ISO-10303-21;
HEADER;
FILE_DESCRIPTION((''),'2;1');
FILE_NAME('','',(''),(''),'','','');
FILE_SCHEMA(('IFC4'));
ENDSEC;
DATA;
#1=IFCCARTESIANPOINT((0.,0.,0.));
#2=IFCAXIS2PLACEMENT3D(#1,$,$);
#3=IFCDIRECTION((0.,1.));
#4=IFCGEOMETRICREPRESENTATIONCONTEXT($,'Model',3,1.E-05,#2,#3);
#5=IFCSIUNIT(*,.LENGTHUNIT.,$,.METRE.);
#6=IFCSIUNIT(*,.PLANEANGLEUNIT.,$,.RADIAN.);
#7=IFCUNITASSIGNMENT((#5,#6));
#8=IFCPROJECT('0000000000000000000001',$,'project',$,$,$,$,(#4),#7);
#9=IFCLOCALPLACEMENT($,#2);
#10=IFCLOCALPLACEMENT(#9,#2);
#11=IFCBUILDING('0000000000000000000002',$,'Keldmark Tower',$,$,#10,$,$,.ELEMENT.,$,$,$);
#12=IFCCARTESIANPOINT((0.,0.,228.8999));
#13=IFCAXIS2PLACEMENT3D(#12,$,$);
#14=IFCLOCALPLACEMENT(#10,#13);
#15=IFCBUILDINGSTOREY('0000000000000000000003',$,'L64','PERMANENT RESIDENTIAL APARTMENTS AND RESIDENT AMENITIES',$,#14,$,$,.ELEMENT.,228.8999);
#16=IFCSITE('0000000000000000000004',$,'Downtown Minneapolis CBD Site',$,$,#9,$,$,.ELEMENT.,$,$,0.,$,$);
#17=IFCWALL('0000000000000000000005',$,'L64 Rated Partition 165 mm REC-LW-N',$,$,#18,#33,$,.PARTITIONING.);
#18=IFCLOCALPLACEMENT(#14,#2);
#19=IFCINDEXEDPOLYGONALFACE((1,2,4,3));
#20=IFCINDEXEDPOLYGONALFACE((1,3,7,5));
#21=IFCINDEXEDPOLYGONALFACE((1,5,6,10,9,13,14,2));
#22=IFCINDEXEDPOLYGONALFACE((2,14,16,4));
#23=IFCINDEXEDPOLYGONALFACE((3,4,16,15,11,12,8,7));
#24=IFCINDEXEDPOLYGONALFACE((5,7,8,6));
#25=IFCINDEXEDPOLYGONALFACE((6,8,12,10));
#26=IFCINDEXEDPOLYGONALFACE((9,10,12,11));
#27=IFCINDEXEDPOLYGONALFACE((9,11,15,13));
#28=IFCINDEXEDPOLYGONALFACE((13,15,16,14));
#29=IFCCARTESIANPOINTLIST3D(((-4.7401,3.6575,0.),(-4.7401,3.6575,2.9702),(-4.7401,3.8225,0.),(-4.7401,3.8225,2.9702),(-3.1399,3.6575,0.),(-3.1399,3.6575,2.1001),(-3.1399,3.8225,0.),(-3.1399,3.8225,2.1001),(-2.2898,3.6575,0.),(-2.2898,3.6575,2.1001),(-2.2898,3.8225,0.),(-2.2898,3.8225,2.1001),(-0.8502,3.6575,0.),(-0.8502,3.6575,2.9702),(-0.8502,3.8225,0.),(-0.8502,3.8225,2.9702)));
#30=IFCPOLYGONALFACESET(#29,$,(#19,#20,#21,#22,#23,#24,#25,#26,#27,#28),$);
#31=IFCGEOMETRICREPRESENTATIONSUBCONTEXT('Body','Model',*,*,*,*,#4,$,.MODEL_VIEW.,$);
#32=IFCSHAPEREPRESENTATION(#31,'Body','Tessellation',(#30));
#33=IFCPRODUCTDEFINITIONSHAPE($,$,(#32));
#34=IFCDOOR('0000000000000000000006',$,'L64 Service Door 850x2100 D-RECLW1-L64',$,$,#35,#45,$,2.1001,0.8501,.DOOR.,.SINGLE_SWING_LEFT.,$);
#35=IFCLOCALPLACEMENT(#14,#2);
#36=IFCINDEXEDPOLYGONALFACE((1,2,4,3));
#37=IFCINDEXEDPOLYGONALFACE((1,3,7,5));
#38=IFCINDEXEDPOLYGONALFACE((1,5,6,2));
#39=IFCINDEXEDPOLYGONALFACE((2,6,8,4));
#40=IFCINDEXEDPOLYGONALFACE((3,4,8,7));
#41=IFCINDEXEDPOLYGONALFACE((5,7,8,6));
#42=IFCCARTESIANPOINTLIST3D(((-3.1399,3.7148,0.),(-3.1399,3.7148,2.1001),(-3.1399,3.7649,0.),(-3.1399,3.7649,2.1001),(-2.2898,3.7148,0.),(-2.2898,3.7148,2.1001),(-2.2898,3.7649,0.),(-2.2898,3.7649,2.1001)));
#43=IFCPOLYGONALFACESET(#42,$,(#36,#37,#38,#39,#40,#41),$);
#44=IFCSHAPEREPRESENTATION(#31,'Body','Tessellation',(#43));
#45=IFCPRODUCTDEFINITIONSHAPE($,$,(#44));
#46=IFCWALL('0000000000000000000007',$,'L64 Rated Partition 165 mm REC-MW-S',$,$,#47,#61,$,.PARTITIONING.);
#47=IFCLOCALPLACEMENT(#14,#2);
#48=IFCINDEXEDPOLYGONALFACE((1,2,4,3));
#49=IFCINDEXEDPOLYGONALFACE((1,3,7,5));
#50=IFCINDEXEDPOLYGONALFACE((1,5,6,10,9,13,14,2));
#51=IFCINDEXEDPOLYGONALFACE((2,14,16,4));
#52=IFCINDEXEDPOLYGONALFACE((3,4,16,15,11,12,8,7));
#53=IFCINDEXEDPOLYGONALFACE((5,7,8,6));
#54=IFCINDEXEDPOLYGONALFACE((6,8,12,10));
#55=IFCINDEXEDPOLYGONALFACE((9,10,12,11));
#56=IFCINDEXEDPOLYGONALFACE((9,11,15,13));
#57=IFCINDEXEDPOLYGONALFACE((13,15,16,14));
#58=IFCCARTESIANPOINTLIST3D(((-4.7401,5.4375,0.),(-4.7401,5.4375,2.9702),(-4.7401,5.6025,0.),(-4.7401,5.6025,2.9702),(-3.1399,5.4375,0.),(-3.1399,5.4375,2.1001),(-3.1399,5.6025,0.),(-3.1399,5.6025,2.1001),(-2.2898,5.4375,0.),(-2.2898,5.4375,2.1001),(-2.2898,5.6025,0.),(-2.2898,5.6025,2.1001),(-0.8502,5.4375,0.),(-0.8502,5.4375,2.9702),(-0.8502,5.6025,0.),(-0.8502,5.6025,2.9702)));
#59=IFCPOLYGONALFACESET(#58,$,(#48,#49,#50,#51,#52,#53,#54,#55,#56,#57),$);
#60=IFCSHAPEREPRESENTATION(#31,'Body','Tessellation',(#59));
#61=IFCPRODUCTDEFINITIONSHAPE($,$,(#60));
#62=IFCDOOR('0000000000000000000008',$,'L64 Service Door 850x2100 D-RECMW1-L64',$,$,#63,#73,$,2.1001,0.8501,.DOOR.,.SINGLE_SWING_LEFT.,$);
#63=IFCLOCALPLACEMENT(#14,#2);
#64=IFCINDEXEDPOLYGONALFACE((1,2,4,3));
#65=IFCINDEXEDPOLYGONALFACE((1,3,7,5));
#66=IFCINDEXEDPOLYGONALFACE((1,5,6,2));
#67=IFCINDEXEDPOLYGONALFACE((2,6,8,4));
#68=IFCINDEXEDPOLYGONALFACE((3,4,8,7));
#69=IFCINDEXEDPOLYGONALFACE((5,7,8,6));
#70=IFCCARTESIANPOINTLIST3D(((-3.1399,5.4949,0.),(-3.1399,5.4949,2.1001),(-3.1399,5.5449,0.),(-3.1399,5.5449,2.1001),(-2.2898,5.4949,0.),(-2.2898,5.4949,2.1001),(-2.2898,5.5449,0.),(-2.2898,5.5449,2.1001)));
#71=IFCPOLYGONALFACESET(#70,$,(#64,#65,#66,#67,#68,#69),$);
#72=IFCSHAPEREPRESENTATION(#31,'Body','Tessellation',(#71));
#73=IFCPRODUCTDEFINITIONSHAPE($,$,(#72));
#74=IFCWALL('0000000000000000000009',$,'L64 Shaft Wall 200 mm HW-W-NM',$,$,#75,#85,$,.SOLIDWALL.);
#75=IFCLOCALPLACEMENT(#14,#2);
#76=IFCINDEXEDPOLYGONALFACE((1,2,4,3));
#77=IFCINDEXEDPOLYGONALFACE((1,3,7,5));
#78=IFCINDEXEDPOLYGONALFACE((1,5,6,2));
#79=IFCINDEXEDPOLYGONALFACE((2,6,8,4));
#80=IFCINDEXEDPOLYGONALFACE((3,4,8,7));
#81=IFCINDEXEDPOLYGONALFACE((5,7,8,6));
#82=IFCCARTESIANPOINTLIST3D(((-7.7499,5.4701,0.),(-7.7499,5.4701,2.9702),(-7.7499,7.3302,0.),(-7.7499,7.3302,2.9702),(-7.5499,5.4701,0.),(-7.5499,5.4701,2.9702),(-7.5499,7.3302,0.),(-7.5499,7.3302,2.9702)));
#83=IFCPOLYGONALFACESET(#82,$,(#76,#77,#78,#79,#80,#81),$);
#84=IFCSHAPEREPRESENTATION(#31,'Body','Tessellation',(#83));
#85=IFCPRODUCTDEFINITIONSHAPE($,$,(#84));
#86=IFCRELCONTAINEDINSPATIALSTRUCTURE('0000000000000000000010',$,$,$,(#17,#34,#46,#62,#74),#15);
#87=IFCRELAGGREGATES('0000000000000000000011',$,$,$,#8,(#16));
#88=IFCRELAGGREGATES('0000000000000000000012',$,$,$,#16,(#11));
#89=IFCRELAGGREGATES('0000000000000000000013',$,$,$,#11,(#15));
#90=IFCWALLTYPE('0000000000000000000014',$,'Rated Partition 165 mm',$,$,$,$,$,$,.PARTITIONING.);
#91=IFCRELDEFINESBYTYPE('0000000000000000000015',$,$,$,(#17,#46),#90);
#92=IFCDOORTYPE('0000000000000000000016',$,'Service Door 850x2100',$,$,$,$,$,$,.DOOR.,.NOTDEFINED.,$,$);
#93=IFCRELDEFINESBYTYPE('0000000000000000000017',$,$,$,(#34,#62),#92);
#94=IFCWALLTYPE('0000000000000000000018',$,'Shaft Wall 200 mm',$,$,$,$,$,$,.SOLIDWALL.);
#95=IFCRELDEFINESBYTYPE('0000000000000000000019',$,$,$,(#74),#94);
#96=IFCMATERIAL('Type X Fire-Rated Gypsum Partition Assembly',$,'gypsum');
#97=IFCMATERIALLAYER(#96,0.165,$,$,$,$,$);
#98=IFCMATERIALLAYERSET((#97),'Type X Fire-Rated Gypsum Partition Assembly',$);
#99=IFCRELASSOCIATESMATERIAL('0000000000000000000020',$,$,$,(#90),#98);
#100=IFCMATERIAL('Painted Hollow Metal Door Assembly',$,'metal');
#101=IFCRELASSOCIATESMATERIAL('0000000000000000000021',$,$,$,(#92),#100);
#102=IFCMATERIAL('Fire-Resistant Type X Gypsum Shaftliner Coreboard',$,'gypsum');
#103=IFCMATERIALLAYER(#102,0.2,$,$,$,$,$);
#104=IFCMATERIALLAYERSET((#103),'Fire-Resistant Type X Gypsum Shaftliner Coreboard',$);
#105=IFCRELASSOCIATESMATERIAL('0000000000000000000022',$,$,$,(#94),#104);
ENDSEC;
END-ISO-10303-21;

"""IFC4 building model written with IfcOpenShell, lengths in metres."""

from ifc_helpers import new_model, si_unit, direction, frame, frame_2d, origin, place, context, subcontext, project, spatial, rectangle, extrude, material, layer, layer_set, type_object, element, fill, save


model = new_model("IFC4")

# Units and contexts
model_context = context("Model", 3, precision=1e-05, world=origin(), true_north=direction((0.0, 1.0)))
body_context = subcontext(model_context, "Body", "Model", "MODEL_VIEW")
ifc_project = project(units=[si_unit("LENGTHUNIT", "METRE"), si_unit("PLANEANGLEUNIT", "RADIAN")], contexts=[model_context])

# Site, building, storey
site_placement = place(None, origin())
site = spatial("IfcSite", under=ifc_project, at=site_placement, Name="Downtown Minneapolis CBD Site", CompositionType="ELEMENT", RefElevation=0.0)
building_placement = place(site_placement, origin())
building = spatial("IfcBuilding", under=site, at=building_placement, Name="Keldmark Tower", CompositionType="ELEMENT")
storey_placement = place(building_placement, frame((0.0, 0.0, 228.8999)))
storey = spatial("IfcBuildingStorey", under=building, at=storey_placement, Name="L64", Description="PERMANENT RESIDENTIAL APARTMENTS AND RESIDENT AMENITIES", CompositionType="ELEMENT", Elevation=228.8999)

# Shared definitions
ifc_material_1 = material(Name="Type X Fire-Rated Gypsum Partition Assembly", Category="gypsum")
ifc_layer_1 = layer(ifc_material_1, 0.165)
ifc_layer_set_1 = layer_set([ifc_layer_1], Name="Type X Fire-Rated Gypsum Partition Assembly")
wall_type_1 = type_object("IfcWallType", Name="Rated Partition 165 mm", PredefinedType="PARTITIONING", material=ifc_layer_set_1)

# Walls, openings, doors
wall_1_placement = place(storey_placement, frame((-4.74, 3.74, 0.0), z_axis=(0.0, 0.0, 1.0), x_axis=(1.0, 0.0, 0.0)))
wall_1 = element("IfcWall", 1, at=wall_1_placement, inside=storey, type_object=wall_type_1, Name="L64 Rated Partition 165 mm REC-LW-N", PredefinedType="PARTITIONING", context=body_context, shape_type="SweptSolid", body=[
    extrude(rectangle(XDim=3.8899, YDim=0.165, at=frame_2d((1.9448, 0.0))), origin(), (0.0, 0.0, 1.0), 2.9702),
])
opening_1_placement = place(wall_1_placement, frame((1.6001, 0.0, 0.0)))
opening_1 = element("IfcOpeningElement", 2, at=opening_1_placement, cuts=wall_1, PredefinedType="OPENING", context=body_context, shape_type="SweptSolid", body=[
    extrude(rectangle(XDim=0.8501, YDim=2.1001, at=frame_2d((0.425, 1.05))), frame((0.0, 0.0925, 0.0), z_axis=(0.0, -1.0, 0.0), x_axis=(1.0, 0.0, 0.0)), (0.0, 0.0, 1.0), 0.1851),
])
ifc_material_2 = material(Name="Painted Hollow Metal Door Assembly", Category="metal")
door_type_1 = type_object("IfcDoorType", Name="Service Door 850x2100", OperationType="NOTDEFINED", PredefinedType="DOOR", material=ifc_material_2)
door_1_placement = place(opening_1_placement, origin())
door_1 = element("IfcDoor", 3, at=door_1_placement, inside=storey, type_object=door_type_1, Name="L64 Service Door 850x2100 D-RECLW1-L64", OperationType="SINGLE_SWING_LEFT", OverallHeight=2.1001, OverallWidth=0.8501, PredefinedType="DOOR", context=body_context, shape_type="SweptSolid", body=[
    extrude(rectangle(XDim=0.8501, YDim=2.1001, at=frame_2d((0.425, 1.05))), frame((0.0, 0.0249, 0.0), z_axis=(0.0, -1.0, 0.0), x_axis=(1.0, 0.0, 0.0)), (0.0, 0.0, 1.0), 0.05),
])
fill(opening_1, door_1)
wall_2_placement = place(storey_placement, frame((-4.74, 5.52, 0.0), z_axis=(0.0, 0.0, 1.0), x_axis=(1.0, 0.0, 0.0)))
wall_2 = element("IfcWall", 4, at=wall_2_placement, inside=storey, type_object=wall_type_1, Name="L64 Rated Partition 165 mm REC-MW-S", PredefinedType="PARTITIONING", context=body_context, shape_type="SweptSolid", body=[
    extrude(rectangle(XDim=3.8899, YDim=0.165, at=frame_2d((1.9448, 0.0))), origin(), (0.0, 0.0, 1.0), 2.9702),
])
opening_2_placement = place(wall_2_placement, frame((1.6001, 0.0, 0.0)))
opening_2 = element("IfcOpeningElement", 5, at=opening_2_placement, cuts=wall_2, PredefinedType="OPENING", context=body_context, shape_type="SweptSolid", body=[
    extrude(rectangle(XDim=0.8501, YDim=2.1001, at=frame_2d((0.425, 1.05))), frame((0.0, 0.0925, 0.0), z_axis=(0.0, -1.0, 0.0), x_axis=(1.0, 0.0, 0.0)), (0.0, 0.0, 1.0), 0.1851),
])
door_2_placement = place(opening_2_placement, origin())
door_2 = element("IfcDoor", 6, at=door_2_placement, inside=storey, type_object=door_type_1, Name="L64 Service Door 850x2100 D-RECMW1-L64", OperationType="SINGLE_SWING_LEFT", OverallHeight=2.1001, OverallWidth=0.8501, PredefinedType="DOOR", context=body_context, shape_type="SweptSolid", body=[
    extrude(rectangle(XDim=0.8501, YDim=2.1001, at=frame_2d((0.425, 1.05))), frame((0.0, 0.0249, 0.0), z_axis=(0.0, -1.0, 0.0), x_axis=(1.0, 0.0, 0.0)), (0.0, 0.0, 1.0), 0.05),
])
fill(opening_2, door_2)

# Wall
ifc_material_3 = material(Name="Fire-Resistant Type X Gypsum Shaftliner Coreboard", Category="gypsum")
ifc_layer_2 = layer(ifc_material_3, 0.2)
ifc_layer_set_2 = layer_set([ifc_layer_2], Name="Fire-Resistant Type X Gypsum Shaftliner Coreboard")
wall_type_2 = type_object("IfcWallType", Name="Shaft Wall 200 mm", PredefinedType="SOLIDWALL", material=ifc_layer_set_2)
wall_3_placement = place(storey_placement, frame((-7.6499, 5.47, 0.0), z_axis=(0.0, 0.0, 1.0), x_axis=(0.0, 1.0, 0.0)))
element("IfcWall", 7, at=wall_3_placement, inside=storey, type_object=wall_type_2, Name="L64 Shaft Wall 200 mm HW-W-NM", PredefinedType="SOLIDWALL", context=body_context, shape_type="SweptSolid", body=[
    extrude(rectangle(XDim=1.8601, YDim=0.2, at=frame_2d((0.9302, 0.0))), origin(), (0.0, 0.0, 1.0), 2.9702),
])

save(model, "model.ifc")
